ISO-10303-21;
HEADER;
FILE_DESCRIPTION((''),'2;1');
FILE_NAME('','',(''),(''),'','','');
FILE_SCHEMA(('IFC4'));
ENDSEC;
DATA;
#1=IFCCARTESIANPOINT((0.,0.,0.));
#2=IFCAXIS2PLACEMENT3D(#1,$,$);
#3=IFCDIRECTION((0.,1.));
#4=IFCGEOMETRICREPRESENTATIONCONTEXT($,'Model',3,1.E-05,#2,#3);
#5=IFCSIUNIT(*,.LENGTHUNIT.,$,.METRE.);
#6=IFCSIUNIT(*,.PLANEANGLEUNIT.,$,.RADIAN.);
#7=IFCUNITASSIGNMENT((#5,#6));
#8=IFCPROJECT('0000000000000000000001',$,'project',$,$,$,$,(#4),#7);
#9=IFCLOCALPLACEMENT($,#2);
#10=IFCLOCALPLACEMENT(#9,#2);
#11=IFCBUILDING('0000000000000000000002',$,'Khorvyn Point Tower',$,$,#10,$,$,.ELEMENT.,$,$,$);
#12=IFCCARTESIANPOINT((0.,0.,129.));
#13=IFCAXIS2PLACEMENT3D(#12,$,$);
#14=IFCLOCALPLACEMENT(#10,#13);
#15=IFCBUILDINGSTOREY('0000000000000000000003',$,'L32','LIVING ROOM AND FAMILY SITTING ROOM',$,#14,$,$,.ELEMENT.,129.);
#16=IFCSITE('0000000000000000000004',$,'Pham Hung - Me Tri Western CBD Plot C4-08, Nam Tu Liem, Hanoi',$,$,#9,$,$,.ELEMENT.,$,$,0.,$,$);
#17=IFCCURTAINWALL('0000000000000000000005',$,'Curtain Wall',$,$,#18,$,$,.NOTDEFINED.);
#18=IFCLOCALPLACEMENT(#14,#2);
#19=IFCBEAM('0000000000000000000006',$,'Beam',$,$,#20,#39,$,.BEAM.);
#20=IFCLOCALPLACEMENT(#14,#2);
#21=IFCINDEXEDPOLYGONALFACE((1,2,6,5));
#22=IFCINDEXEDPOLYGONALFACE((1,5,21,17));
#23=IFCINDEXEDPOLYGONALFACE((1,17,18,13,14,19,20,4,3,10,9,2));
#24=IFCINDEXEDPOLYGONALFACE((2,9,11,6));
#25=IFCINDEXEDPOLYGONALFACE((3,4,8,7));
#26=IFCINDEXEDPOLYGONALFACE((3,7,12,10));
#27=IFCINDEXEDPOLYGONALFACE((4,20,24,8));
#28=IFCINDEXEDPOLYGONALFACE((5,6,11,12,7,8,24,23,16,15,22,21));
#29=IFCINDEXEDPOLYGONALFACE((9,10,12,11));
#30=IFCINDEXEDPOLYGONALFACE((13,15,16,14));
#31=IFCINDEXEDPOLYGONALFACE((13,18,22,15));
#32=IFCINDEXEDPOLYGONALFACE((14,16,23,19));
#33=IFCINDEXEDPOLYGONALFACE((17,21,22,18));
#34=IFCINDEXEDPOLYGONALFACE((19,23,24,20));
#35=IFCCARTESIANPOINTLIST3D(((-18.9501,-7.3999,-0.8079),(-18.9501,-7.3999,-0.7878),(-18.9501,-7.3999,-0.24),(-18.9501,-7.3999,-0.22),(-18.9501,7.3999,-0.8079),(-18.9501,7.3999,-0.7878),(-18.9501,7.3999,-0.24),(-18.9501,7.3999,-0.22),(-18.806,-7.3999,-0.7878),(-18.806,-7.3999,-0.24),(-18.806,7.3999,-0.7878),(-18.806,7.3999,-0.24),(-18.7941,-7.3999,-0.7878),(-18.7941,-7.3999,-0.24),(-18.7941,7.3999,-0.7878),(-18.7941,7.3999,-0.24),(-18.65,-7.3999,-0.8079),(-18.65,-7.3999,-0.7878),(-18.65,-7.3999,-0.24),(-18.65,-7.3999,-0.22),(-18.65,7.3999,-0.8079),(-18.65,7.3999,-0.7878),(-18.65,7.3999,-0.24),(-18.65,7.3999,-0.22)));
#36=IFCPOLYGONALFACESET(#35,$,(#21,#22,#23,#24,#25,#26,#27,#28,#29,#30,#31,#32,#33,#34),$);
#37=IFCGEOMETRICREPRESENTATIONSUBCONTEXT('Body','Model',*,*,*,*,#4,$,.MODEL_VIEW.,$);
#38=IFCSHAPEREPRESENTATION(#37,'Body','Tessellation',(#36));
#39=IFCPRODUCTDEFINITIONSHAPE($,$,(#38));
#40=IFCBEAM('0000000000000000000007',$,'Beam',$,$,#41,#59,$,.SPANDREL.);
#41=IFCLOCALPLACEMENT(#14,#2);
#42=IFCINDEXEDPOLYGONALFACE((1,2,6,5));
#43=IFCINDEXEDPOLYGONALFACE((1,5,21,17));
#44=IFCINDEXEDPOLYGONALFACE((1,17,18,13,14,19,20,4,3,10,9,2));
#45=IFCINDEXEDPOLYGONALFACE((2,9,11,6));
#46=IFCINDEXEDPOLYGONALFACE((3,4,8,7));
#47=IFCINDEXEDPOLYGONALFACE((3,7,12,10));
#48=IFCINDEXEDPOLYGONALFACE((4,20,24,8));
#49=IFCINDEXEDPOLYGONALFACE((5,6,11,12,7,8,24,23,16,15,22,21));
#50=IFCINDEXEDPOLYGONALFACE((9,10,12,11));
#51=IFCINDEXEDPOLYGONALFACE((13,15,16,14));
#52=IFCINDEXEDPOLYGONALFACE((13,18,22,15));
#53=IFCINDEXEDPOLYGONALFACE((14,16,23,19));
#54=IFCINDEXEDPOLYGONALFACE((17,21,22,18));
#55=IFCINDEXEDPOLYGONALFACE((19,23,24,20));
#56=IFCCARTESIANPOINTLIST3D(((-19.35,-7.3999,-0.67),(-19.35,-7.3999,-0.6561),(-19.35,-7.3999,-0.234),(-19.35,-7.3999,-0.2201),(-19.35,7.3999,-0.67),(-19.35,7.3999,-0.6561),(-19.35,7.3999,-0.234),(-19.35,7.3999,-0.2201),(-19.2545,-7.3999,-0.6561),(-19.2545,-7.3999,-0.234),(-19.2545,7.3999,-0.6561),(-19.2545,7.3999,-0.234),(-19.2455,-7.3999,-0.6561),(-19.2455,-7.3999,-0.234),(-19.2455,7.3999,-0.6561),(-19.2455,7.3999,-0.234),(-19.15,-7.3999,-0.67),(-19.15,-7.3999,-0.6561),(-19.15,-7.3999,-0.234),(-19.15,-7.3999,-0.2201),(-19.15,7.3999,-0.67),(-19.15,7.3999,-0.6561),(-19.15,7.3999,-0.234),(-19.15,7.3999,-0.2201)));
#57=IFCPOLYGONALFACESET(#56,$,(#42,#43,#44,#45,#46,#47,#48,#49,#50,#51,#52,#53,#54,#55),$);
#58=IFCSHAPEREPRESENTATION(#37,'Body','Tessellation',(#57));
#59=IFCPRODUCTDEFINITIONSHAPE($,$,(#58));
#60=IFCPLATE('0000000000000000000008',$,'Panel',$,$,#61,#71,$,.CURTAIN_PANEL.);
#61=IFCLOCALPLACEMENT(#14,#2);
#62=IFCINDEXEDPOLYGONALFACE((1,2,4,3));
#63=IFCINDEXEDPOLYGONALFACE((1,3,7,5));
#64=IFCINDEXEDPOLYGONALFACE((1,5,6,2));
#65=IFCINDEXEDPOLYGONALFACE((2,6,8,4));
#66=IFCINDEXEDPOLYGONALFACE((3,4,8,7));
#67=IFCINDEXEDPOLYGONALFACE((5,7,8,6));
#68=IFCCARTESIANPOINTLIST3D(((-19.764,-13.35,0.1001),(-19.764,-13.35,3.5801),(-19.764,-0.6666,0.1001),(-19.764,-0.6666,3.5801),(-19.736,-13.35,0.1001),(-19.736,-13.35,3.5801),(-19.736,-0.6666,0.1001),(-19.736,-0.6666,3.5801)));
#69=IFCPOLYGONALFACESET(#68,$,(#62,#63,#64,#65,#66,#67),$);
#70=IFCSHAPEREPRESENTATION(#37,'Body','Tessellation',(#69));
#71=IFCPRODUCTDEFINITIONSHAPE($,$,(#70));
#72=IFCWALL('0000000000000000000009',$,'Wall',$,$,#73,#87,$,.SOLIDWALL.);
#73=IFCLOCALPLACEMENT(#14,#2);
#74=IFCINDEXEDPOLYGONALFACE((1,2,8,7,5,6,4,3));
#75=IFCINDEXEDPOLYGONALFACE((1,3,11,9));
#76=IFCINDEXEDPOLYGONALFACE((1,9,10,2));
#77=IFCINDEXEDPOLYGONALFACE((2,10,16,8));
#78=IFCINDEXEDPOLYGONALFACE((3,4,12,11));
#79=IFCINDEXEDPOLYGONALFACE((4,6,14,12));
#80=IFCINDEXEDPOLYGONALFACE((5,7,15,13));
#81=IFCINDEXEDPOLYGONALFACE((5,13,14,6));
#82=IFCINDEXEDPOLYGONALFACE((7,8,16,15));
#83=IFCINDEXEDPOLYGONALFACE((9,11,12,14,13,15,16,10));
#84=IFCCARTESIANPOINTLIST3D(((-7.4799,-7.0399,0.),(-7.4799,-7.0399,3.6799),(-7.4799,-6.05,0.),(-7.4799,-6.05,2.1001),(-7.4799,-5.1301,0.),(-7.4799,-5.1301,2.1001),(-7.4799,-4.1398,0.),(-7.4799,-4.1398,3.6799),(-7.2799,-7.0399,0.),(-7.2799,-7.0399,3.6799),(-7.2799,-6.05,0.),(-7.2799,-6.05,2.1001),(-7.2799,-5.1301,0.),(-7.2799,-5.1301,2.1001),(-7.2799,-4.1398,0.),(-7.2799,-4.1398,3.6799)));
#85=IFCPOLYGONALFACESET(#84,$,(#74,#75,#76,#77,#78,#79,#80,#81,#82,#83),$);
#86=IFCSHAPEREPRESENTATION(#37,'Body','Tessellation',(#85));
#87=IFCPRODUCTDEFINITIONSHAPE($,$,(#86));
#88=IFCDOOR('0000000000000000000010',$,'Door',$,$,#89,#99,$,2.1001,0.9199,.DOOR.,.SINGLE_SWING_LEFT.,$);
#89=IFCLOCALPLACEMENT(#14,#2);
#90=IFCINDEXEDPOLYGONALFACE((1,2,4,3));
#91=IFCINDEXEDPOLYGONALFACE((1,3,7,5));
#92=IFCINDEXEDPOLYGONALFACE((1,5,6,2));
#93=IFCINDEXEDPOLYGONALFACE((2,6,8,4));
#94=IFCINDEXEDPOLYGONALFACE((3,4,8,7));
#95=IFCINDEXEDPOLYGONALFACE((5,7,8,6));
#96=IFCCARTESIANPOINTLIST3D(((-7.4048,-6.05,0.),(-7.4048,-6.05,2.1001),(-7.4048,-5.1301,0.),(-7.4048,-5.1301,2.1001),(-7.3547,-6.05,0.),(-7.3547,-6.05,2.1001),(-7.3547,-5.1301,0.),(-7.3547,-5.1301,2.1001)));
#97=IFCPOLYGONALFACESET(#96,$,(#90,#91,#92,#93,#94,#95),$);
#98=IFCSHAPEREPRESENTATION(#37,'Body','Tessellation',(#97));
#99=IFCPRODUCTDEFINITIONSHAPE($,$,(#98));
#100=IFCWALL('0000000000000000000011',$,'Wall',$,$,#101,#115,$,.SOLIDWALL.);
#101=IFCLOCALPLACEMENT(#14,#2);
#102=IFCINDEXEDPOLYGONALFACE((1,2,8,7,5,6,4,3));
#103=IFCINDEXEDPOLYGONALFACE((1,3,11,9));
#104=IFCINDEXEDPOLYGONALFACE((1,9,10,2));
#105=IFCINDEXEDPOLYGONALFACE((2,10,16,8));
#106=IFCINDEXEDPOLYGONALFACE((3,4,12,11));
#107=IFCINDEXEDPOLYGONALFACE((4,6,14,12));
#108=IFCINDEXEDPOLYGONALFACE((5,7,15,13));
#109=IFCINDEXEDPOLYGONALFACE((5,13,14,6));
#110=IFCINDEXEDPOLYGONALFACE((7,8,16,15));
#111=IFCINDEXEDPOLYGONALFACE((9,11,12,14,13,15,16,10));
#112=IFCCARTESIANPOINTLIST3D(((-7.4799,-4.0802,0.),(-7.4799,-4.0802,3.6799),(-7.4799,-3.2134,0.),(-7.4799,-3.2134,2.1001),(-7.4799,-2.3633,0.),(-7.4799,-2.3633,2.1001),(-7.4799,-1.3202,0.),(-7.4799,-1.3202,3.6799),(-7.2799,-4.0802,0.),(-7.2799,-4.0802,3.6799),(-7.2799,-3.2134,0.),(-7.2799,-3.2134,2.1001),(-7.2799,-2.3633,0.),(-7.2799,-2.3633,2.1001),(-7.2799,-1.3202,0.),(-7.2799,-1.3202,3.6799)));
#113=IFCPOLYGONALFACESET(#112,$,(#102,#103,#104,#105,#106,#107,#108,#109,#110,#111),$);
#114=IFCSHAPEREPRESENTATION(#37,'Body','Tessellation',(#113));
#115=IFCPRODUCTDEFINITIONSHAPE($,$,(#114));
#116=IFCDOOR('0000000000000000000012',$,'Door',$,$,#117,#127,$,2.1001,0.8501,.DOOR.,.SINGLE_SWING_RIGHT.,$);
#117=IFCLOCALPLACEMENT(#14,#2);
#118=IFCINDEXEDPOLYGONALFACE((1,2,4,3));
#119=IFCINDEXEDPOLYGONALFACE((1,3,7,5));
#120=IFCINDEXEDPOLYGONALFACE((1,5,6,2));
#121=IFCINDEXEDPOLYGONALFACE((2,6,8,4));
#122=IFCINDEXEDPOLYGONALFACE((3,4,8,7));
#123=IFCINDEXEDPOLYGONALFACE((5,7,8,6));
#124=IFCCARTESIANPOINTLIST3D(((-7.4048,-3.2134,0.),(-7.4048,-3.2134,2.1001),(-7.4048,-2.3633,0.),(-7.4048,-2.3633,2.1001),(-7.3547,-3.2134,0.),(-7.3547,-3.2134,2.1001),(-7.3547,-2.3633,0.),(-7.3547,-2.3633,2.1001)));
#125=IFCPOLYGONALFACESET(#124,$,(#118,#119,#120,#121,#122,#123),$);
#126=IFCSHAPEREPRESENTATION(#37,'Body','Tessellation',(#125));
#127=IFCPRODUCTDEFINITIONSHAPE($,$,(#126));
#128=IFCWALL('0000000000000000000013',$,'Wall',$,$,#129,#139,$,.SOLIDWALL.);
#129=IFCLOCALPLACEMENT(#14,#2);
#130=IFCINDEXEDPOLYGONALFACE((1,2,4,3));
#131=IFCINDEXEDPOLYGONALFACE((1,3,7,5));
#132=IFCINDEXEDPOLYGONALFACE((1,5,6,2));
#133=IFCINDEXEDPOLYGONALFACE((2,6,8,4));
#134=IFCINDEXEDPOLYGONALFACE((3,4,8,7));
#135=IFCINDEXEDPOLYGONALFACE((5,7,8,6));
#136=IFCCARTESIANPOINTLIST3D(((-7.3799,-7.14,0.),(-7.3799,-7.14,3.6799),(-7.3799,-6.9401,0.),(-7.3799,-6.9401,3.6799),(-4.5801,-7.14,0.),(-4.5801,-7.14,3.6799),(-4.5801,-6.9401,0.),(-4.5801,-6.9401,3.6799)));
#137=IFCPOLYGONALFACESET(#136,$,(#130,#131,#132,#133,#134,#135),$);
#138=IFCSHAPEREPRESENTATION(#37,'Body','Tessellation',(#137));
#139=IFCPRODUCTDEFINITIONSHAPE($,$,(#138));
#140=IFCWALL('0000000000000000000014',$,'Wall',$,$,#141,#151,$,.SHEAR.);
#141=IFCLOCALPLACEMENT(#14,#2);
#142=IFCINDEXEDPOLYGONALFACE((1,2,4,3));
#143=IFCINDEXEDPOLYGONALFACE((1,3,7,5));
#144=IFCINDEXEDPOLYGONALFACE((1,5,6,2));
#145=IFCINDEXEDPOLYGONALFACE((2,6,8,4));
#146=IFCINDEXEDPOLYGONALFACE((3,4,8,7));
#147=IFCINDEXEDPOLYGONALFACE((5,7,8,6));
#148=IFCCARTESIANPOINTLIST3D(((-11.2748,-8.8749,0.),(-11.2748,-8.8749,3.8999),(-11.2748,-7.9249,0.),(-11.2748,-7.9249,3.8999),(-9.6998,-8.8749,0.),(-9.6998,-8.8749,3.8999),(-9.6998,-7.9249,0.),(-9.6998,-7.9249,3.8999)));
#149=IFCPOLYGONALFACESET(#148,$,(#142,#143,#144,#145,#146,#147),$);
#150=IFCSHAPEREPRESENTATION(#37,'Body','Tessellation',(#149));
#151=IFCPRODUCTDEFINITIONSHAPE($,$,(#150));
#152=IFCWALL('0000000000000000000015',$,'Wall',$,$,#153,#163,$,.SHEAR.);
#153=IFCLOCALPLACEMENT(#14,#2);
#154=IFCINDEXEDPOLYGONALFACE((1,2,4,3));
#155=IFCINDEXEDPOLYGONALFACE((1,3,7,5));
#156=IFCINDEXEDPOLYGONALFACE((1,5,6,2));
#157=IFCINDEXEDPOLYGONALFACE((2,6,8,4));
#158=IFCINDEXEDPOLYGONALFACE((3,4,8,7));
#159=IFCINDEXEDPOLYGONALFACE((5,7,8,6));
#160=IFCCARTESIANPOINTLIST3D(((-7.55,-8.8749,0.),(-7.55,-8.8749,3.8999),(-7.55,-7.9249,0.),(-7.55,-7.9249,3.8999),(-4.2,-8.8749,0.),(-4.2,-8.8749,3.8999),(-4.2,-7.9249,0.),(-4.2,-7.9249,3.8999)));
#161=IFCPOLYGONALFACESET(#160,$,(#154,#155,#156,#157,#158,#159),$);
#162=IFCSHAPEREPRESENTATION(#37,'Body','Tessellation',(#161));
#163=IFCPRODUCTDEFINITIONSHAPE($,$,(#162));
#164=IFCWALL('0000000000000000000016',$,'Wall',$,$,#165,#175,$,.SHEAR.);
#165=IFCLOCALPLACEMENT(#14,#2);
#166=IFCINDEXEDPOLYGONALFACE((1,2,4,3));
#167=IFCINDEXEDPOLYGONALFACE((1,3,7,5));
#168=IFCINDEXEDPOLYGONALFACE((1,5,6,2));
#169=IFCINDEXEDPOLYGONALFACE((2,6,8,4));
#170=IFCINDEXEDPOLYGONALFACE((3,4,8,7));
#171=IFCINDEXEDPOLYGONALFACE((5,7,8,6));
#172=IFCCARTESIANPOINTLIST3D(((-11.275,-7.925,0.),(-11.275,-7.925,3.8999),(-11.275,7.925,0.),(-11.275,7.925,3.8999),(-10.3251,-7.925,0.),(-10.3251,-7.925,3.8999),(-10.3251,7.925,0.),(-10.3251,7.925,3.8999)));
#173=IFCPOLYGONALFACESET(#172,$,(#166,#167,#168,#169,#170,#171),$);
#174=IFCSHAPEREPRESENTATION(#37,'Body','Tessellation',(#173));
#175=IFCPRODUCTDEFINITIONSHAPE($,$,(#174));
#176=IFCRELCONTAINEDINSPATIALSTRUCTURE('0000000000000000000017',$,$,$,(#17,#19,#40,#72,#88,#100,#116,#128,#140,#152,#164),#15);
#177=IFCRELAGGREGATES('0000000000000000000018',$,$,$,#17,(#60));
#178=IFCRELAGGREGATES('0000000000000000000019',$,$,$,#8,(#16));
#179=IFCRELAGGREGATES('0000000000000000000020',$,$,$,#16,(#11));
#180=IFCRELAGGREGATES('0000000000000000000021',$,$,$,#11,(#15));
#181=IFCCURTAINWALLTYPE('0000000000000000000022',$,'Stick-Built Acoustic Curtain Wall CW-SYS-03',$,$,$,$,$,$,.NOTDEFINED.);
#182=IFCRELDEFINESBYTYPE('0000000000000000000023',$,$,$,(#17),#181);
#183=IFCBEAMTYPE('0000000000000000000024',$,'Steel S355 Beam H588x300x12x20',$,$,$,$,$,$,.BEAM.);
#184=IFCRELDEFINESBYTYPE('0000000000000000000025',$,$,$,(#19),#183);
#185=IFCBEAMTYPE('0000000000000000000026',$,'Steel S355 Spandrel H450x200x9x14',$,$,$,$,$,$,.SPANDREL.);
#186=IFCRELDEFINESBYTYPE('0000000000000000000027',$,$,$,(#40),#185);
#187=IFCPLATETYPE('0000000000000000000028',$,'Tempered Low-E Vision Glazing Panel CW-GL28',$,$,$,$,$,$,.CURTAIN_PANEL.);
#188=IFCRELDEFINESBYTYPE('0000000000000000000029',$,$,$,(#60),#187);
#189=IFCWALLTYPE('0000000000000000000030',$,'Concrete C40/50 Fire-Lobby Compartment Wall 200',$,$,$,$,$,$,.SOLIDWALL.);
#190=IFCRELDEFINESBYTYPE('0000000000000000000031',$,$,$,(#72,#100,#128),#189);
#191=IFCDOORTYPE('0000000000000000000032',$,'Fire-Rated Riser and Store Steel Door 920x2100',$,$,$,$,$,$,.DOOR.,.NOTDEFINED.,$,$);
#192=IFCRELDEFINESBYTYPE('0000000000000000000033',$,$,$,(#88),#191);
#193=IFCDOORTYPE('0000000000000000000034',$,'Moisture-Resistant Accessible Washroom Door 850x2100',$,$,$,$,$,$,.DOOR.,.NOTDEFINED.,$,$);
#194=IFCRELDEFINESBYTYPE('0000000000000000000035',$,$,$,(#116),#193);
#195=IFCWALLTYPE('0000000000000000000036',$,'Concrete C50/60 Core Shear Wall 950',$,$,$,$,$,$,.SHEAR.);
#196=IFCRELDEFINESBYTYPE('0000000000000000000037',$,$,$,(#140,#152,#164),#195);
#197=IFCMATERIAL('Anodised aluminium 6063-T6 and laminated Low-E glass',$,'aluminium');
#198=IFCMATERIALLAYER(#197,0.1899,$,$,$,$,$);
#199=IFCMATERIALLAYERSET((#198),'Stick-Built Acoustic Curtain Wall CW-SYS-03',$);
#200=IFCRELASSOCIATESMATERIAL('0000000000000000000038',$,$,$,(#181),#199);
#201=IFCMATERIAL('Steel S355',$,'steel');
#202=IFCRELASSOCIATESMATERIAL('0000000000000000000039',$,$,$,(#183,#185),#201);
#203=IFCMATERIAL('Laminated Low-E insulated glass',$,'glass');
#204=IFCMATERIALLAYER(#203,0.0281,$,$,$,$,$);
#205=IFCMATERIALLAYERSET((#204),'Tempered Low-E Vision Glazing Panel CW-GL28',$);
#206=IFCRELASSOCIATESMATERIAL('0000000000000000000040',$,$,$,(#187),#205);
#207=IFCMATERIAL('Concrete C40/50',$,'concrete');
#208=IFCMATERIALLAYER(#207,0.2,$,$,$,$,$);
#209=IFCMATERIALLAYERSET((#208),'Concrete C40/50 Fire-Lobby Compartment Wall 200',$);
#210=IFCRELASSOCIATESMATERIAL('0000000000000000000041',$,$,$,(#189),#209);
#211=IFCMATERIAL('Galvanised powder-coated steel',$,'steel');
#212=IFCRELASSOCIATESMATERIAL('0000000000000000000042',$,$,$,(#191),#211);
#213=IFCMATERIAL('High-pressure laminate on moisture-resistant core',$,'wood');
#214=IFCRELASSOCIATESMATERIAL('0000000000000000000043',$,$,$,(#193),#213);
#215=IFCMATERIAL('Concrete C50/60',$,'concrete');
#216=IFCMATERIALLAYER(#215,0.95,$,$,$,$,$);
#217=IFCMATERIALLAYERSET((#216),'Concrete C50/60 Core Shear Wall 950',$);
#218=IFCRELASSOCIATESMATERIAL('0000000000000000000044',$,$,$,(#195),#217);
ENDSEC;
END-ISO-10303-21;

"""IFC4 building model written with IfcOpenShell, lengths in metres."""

from ifc_helpers import new_model, si_unit, direction, frame, frame_2d, origin, origin_2d, place, context, subcontext, project, spatial, rectangle, i_section, extrude, material, layer, layer_set, material_profile, profile_set, type_object, element, fill, aggregate, save


model = new_model("IFC4")

# Units and contexts
model_context = context("Model", 3, precision=1e-05, world=origin(), true_north=direction((0.0, 1.0)))
body_context = subcontext(model_context, "Body", "Model", "MODEL_VIEW")
ifc_project = project(units=[si_unit("LENGTHUNIT", "METRE"), si_unit("PLANEANGLEUNIT", "RADIAN")], contexts=[model_context])

# Site, building, storey
site_placement = place(None, origin())
site = spatial("IfcSite", under=ifc_project, at=site_placement, Name="Pham Hung - Me Tri Western CBD Plot C4-08, Nam Tu Liem, Hanoi", CompositionType="ELEMENT", RefElevation=0.0)
building_placement = place(site_placement, origin())
building = spatial("IfcBuilding", under=site, at=building_placement, Name="Khorvyn Point Tower", CompositionType="ELEMENT")
storey_placement = place(building_placement, frame((0.0, 0.0, 129.0)))
storey = spatial("IfcBuildingStorey", under=building, at=storey_placement, Name="L32", Description="LIVING ROOM AND FAMILY SITTING ROOM", CompositionType="ELEMENT", Elevation=129.0)

# Shared definitions
ifc_material_1 = material(Name="Concrete C50/60", Category="concrete")

# Curtain wall
ifc_material_2 = material(Name="Anodised aluminium 6063-T6 and laminated Low-E glass", Category="aluminium")
ifc_layer_1 = layer(ifc_material_2, 0.1899)
ifc_layer_set_1 = layer_set([ifc_layer_1], Name="Stick-Built Acoustic Curtain Wall CW-SYS-03")
curtain_wall_type = type_object("IfcCurtainWallType", Name="Stick-Built Acoustic Curtain Wall CW-SYS-03", PredefinedType="NOTDEFINED", material=ifc_layer_set_1)
curtain_wall_placement = place(storey_placement, origin())
curtain_wall = element("IfcCurtainWall", 1, at=curtain_wall_placement, inside=storey, type_object=curtain_wall_type, Name="Curtain Wall", PredefinedType="NOTDEFINED")

# Beams
ifc_material_3 = material(Name="Steel S355", Category="steel")
ifc_material_profile_1 = material_profile(ifc_material_3, i_section(OverallWidth=0.3, OverallDepth=0.5879, WebThickness=0.012, FlangeThickness=0.02, at=origin_2d()))
ifc_profile_set_1 = profile_set([ifc_material_profile_1], Name="Steel S355 H588x300x12x20")
beam_type_1 = type_object("IfcBeamType", Name="Steel S355 Beam H588x300x12x20", PredefinedType="BEAM", material=ifc_profile_set_1)
for number, where, z_axis, x_axis, name in (
    (2, (-18.8, -7.3999, -0.5139), (0.0, 1.0, 0.0), (-1.0, 0.0, 0.0), "Beam"),
):
    element("IfcBeam", number, at=place(storey_placement, frame(where, z_axis=z_axis, x_axis=x_axis)), inside=storey, type_object=beam_type_1, Name=name, PredefinedType="BEAM", context=body_context, shape_type="SweptSolid", body=[
        extrude(i_section(OverallWidth=0.3, OverallDepth=0.5879, WebThickness=0.012, FlangeThickness=0.02, at=origin_2d()), origin(), (0.0, 0.0, 1.0), 14.7998),
    ])
ifc_material_profile_2 = material_profile(ifc_material_3, i_section(OverallWidth=0.2, OverallDepth=0.45, WebThickness=0.009, FlangeThickness=0.0139, at=origin_2d()))
ifc_profile_set_2 = profile_set([ifc_material_profile_2], Name="Steel S355 H450x200x9x14")
beam_type_2 = type_object("IfcBeamType", Name="Steel S355 Spandrel H450x200x9x14", PredefinedType="SPANDREL", material=ifc_profile_set_2)
beam_1_placement = place(storey_placement, frame((-19.25, -7.3999, -0.4451), z_axis=(0.0, 1.0, 0.0), x_axis=(-1.0, 0.0, 0.0)))
element("IfcBeam", 3, at=beam_1_placement, inside=storey, type_object=beam_type_2, Name="Beam", PredefinedType="SPANDREL", context=body_context, shape_type="SweptSolid", body=[
    extrude(i_section(OverallWidth=0.2, OverallDepth=0.45, WebThickness=0.009, FlangeThickness=0.0139, at=origin_2d()), origin(), (0.0, 0.0, 1.0), 14.7998),
])

# Plate
ifc_material_4 = material(Name="Laminated Low-E insulated glass", Category="glass")
ifc_layer_2 = layer(ifc_material_4, 0.0281)
ifc_layer_set_2 = layer_set([ifc_layer_2], Name="Tempered Low-E Vision Glazing Panel CW-GL28")
plate_type = type_object("IfcPlateType", Name="Tempered Low-E Vision Glazing Panel CW-GL28", PredefinedType="CURTAIN_PANEL", material=ifc_layer_set_2)
plate_placement = place(storey_placement, frame((-19.75, -7.0083, 0.1001), z_axis=(0.0, 0.0, 1.0), x_axis=(0.0, 1.0, 0.0)))
plate = element("IfcPlate", 4, at=plate_placement, type_object=plate_type, Name="Panel", PredefinedType="CURTAIN_PANEL", context=body_context, shape_type="SweptSolid", body=[
    extrude(rectangle(XDim=12.6833, YDim=0.0281, at=origin_2d()), origin(), (0.0, 0.0, 1.0), 3.48),
])
aggregate(curtain_wall, [plate])

# Walls, openings, doors
ifc_material_5 = material(Name="Concrete C40/50", Category="concrete")
ifc_layer_3 = layer(ifc_material_5, 0.2)
ifc_layer_set_3 = layer_set([ifc_layer_3], Name="Concrete C40/50 Fire-Lobby Compartment Wall 200")
wall_type_1 = type_object("IfcWallType", Name="Concrete C40/50 Fire-Lobby Compartment Wall 200", PredefinedType="SOLIDWALL", material=ifc_layer_set_3)
ifc_material_6 = material(Name="Galvanised powder-coated steel", Category="steel")
wall_1_placement = place(storey_placement, frame((-7.3799, -7.04, 0.0), z_axis=(0.0, 0.0, 1.0), x_axis=(0.0, 1.0, 0.0)))
wall_1 = element("IfcWall", 5, at=wall_1_placement, inside=storey, type_object=wall_type_1, Name="Wall", PredefinedType="SOLIDWALL", context=body_context, shape_type="SweptSolid", body=[
    extrude(rectangle(XDim=2.9001, YDim=0.2, at=frame_2d((1.4502, 0.0))), origin(), (0.0, 0.0, 1.0), 3.6799),
])
opening_1_placement = place(wall_1_placement, frame((0.99, 0.0, 0.0)))
opening_1 = element("IfcOpeningElement", 6, at=opening_1_placement, cuts=wall_1, PredefinedType="OPENING", context=body_context, shape_type="SweptSolid", body=[
    extrude(rectangle(XDim=0.9199, YDim=2.1001, at=frame_2d((0.46, 1.05))), frame((0.0, 0.1099, 0.0), z_axis=(0.0, -1.0, 0.0), x_axis=(1.0, 0.0, 0.0)), (0.0, 0.0, 1.0), 0.22),
])
door_type_1 = type_object("IfcDoorType", Name="Fire-Rated Riser and Store Steel Door 920x2100", OperationType="NOTDEFINED", PredefinedType="DOOR", material=ifc_material_6)
door_1_placement = place(opening_1_placement, origin())
door_1 = element("IfcDoor", 7, at=door_1_placement, inside=storey, type_object=door_type_1, Name="Door", OperationType="SINGLE_SWING_LEFT", OverallHeight=2.1001, OverallWidth=0.9199, PredefinedType="DOOR", context=body_context, shape_type="SweptSolid", body=[
    extrude(rectangle(XDim=0.9199, YDim=2.1001, at=frame_2d((0.46, 1.05))), frame((0.0, 0.0249, 0.0), z_axis=(0.0, -1.0, 0.0), x_axis=(1.0, 0.0, 0.0)), (0.0, 0.0, 1.0), 0.05),
])
fill(opening_1, door_1)
wall_2_placement = place(storey_placement, frame((-7.3799, -4.0801, 0.0), z_axis=(0.0, 0.0, 1.0), x_axis=(0.0, 1.0, 0.0)))
wall_2 = element("IfcWall", 8, at=wall_2_placement, inside=storey, type_object=wall_type_1, Name="Wall", PredefinedType="SOLIDWALL", context=body_context, shape_type="SweptSolid", body=[
    extrude(rectangle(XDim=2.76, YDim=0.2, at=frame_2d((1.3799, 0.0))), origin(), (0.0, 0.0, 1.0), 3.6799),
])
opening_2_placement = place(wall_2_placement, frame((0.8667, 0.0, 0.0)))
opening_2 = element("IfcOpeningElement", 9, at=opening_2_placement, cuts=wall_2, PredefinedType="OPENING", context=body_context, shape_type="SweptSolid", body=[
    extrude(rectangle(XDim=0.8501, YDim=2.1001, at=frame_2d((0.425, 1.05))), frame((0.0, 0.1099, 0.0), z_axis=(0.0, -1.0, 0.0), x_axis=(1.0, 0.0, 0.0)), (0.0, 0.0, 1.0), 0.22),
])
ifc_material_7 = material(Name="High-pressure laminate on moisture-resistant core", Category="wood")
door_type_2 = type_object("IfcDoorType", Name="Moisture-Resistant Accessible Washroom Door 850x2100", OperationType="NOTDEFINED", PredefinedType="DOOR", material=ifc_material_7)
door_2_placement = place(opening_2_placement, origin())
door_2 = element("IfcDoor", 10, at=door_2_placement, inside=storey, type_object=door_type_2, Name="Door", OperationType="SINGLE_SWING_RIGHT", OverallHeight=2.1001, OverallWidth=0.8501, PredefinedType="DOOR", context=body_context, shape_type="SweptSolid", body=[
    extrude(rectangle(XDim=0.8501, YDim=2.1001, at=frame_2d((0.425, 1.05))), frame((0.0, 0.0249, 0.0), z_axis=(0.0, -1.0, 0.0), x_axis=(1.0, 0.0, 0.0)), (0.0, 0.0, 1.0), 0.05),
])
fill(opening_2, door_2)

# Walls
wall_3_placement = place(storey_placement, frame((-7.3799, -7.04, 0.0), z_axis=(0.0, 0.0, 1.0), x_axis=(1.0, 0.0, 0.0)))
element("IfcWall", 11, at=wall_3_placement, inside=storey, type_object=wall_type_1, Name="Wall", PredefinedType="SOLIDWALL", context=body_context, shape_type="SweptSolid", body=[
    extrude(rectangle(XDim=2.7998, YDim=0.2, at=frame_2d((1.3999, 0.0))), origin(), (0.0, 0.0, 1.0), 3.6799),
])
ifc_layer_4 = layer(ifc_material_1, 0.95)
ifc_layer_set_4 = layer_set([ifc_layer_4], Name="Concrete C50/60 Core Shear Wall 950")
wall_type_2 = type_object("IfcWallType", Name="Concrete C50/60 Core Shear Wall 950", PredefinedType="SHEAR", material=ifc_layer_set_4)
wall_4_placement = place(storey_placement, frame((-11.2749, -8.3999, 0.0), z_axis=(0.0, 0.0, 1.0), x_axis=(1.0, 0.0, 0.0)))
element("IfcWall", 12, at=wall_4_placement, inside=storey, type_object=wall_type_2, Name="Wall", PredefinedType="SHEAR", context=body_context, shape_type="SweptSolid", body=[
    extrude(rectangle(XDim=1.575, YDim=0.95, at=frame_2d((0.7876, 0.0))), origin(), (0.0, 0.0, 1.0), 3.8999),
])
wall_5_placement = place(storey_placement, frame((-7.55, -8.3999, 0.0), z_axis=(0.0, 0.0, 1.0), x_axis=(1.0, 0.0, 0.0)))
element("IfcWall", 13, at=wall_5_placement, inside=storey, type_object=wall_type_2, Name="Wall", PredefinedType="SHEAR", context=body_context, shape_type="SweptSolid", body=[
    extrude(rectangle(XDim=3.3501, YDim=0.95, at=frame_2d((1.675, 0.0))), origin(), (0.0, 0.0, 1.0), 3.8999),
])
wall_6_placement = place(storey_placement, frame((-10.8, -7.925, 0.0), z_axis=(0.0, 0.0, 1.0), x_axis=(0.0, 1.0, 0.0)))
element("IfcWall", 14, at=wall_6_placement, inside=storey, type_object=wall_type_2, Name="Wall", PredefinedType="SHEAR", context=body_context, shape_type="SweptSolid", body=[
    extrude(rectangle(XDim=15.8501, YDim=0.95, at=frame_2d((7.925, 0.0))), origin(), (0.0, 0.0, 1.0), 3.8999),
])

save(model, "model.ifc")
